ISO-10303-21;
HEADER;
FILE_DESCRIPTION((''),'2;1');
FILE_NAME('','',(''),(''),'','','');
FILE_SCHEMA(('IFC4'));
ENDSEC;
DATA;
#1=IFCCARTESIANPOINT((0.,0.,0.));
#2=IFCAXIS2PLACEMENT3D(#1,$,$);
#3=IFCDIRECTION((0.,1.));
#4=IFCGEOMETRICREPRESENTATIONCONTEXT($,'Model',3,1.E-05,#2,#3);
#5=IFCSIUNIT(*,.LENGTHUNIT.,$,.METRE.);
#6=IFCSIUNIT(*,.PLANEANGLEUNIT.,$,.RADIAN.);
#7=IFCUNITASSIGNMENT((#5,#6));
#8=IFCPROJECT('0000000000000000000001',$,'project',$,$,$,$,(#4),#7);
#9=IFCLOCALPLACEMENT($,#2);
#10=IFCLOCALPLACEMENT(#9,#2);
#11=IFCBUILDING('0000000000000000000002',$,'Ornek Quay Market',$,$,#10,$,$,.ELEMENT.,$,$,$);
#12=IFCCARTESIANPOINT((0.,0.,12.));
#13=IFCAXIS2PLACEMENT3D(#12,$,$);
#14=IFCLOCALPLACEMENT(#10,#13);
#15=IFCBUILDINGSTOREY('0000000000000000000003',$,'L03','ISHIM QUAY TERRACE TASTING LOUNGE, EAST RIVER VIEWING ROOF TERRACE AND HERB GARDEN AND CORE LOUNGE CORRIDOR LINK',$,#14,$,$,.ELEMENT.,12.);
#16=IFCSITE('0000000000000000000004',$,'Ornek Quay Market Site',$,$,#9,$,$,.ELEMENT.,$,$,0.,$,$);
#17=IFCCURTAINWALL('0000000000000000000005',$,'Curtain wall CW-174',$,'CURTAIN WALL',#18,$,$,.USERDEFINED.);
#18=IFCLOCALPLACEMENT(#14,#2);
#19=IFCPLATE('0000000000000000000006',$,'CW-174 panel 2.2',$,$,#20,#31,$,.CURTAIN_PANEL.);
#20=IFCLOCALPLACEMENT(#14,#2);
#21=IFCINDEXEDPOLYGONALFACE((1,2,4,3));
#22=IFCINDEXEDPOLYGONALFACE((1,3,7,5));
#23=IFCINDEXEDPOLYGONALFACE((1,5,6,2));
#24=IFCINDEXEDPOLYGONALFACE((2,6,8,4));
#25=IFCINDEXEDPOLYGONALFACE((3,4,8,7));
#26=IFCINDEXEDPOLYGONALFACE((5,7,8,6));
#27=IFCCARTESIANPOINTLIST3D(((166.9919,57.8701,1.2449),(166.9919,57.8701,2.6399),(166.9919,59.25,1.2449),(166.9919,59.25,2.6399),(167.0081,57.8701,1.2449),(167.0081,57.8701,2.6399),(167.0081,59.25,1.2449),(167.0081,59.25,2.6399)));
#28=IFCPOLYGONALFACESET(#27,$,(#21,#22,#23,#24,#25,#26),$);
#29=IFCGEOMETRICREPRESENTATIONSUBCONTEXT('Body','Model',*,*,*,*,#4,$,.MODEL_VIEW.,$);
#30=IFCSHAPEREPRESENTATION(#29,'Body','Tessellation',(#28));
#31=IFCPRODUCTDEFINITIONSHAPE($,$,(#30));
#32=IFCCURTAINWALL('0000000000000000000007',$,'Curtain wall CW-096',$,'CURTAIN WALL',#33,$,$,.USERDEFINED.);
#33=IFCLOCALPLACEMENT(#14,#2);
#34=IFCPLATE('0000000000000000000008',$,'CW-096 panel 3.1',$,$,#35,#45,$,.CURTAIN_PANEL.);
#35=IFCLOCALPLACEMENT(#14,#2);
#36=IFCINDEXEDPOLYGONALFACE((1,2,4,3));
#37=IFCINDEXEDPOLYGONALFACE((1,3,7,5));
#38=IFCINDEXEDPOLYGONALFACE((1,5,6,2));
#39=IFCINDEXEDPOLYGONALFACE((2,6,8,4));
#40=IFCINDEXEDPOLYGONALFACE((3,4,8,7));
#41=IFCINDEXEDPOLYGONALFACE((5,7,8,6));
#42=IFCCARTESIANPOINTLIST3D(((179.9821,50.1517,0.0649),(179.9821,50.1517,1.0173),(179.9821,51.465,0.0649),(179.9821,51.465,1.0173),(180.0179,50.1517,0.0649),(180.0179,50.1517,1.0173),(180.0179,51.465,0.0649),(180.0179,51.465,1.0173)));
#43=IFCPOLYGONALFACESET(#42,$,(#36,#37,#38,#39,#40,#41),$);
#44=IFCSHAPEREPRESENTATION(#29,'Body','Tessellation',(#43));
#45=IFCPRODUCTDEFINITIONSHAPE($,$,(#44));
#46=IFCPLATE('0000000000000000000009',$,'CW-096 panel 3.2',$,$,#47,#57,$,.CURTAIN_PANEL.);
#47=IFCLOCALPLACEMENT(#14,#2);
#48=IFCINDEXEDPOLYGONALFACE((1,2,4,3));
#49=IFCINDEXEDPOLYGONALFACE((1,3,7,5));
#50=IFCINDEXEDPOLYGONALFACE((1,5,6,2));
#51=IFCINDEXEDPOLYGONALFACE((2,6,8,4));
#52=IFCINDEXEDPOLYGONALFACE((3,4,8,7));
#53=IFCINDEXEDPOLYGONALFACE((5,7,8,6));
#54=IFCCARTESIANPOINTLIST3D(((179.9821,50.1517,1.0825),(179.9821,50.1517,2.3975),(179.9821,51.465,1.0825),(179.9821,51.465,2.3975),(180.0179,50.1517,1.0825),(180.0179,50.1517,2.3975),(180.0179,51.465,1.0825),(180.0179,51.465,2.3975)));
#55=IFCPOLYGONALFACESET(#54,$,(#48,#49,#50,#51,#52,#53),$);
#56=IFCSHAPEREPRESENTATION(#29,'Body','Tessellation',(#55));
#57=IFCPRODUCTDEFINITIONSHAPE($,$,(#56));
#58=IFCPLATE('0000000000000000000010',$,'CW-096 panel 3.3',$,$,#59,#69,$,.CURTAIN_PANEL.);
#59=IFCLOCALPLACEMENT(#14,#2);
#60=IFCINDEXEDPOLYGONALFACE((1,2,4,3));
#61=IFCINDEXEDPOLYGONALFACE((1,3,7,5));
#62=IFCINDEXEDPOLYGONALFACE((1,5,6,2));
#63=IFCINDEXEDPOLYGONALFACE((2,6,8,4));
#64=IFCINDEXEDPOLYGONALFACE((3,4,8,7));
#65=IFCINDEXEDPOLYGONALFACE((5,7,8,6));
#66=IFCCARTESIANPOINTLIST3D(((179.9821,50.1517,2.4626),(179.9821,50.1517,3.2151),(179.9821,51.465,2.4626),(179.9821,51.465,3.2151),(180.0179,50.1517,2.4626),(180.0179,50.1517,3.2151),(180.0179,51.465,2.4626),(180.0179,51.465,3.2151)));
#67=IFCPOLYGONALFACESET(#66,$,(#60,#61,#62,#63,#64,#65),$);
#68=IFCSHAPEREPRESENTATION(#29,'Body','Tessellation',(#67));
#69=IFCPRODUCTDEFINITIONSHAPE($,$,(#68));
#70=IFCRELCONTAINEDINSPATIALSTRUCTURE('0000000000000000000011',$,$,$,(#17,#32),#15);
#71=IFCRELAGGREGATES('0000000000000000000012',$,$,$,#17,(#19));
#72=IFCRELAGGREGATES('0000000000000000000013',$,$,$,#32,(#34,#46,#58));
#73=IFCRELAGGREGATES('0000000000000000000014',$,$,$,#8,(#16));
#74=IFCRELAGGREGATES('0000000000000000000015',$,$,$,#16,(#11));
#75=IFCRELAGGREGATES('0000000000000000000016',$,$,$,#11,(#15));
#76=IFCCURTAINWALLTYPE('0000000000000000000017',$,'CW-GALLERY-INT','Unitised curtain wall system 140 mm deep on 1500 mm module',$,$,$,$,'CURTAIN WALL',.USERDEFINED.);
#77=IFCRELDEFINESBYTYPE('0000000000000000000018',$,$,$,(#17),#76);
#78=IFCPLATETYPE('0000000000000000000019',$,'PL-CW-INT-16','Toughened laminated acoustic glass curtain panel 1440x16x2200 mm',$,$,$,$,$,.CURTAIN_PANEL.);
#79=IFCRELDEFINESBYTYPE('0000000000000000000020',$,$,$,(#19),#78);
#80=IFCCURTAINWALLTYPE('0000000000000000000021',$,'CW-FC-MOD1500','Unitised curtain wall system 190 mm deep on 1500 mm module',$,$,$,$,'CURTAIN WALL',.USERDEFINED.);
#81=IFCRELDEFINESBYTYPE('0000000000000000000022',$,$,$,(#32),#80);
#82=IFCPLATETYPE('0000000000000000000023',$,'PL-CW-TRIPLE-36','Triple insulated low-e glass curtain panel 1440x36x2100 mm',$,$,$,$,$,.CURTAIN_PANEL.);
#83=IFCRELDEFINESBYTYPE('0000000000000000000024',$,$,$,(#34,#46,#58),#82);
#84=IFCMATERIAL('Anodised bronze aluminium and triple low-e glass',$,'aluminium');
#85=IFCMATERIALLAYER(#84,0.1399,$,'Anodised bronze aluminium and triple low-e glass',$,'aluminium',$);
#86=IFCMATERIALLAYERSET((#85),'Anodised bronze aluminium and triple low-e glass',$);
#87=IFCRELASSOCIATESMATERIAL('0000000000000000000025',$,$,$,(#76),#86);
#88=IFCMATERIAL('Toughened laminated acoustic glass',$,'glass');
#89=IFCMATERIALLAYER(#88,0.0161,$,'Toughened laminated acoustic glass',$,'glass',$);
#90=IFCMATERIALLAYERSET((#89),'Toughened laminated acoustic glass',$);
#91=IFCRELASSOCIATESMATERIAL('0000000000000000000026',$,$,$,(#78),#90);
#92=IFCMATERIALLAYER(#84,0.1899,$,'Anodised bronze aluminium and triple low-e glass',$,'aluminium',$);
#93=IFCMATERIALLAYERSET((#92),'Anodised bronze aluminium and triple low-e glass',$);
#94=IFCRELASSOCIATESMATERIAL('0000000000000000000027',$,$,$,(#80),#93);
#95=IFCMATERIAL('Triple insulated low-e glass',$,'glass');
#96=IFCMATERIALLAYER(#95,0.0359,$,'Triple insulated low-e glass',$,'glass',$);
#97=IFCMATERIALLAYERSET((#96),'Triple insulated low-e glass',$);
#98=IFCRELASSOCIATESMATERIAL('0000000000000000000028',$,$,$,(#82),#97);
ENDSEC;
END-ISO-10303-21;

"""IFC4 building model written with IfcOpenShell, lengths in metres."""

from ifc_helpers import new_model, si_unit, direction, frame, origin, origin_2d, place, context, subcontext, project, spatial, rectangle, extrude, material, layer, layer_set, type_object, element, aggregate, save


model = new_model("IFC4")

# Units and contexts
model_context = context("Model", 3, precision=1e-05, world=origin(), true_north=direction((0.0, 1.0)))
body_context = subcontext(model_context, "Body", "Model", "MODEL_VIEW")
ifc_project = project(units=[si_unit("LENGTHUNIT", "METRE"), si_unit("PLANEANGLEUNIT", "RADIAN")], contexts=[model_context])

# Site, building, storey
site_placement = place(None, origin())
site = spatial("IfcSite", under=ifc_project, at=site_placement, Name="Ornek Quay Market Site", CompositionType="ELEMENT", RefElevation=0.0)
building_placement = place(site_placement, origin())
building = spatial("IfcBuilding", under=site, at=building_placement, Name="Ornek Quay Market", CompositionType="ELEMENT")
storey_placement = place(building_placement, frame((0.0, 0.0, 12.0)))
storey = spatial("IfcBuildingStorey", under=building, at=storey_placement, Name="L03", Description="ISHIM QUAY TERRACE TASTING LOUNGE, EAST RIVER VIEWING ROOF TERRACE AND HERB GARDEN AND CORE LOUNGE CORRIDOR LINK", CompositionType="ELEMENT", Elevation=12.0)

# Curtain wall
ifc_material_1 = material(Name="Anodised bronze aluminium and triple low-e glass", Category="aluminium")
ifc_layer_1 = layer(ifc_material_1, 0.1399, Name="Anodised bronze aluminium and triple low-e glass", Category="aluminium")
ifc_layer_set_1 = layer_set([ifc_layer_1], Name="Anodised bronze aluminium and triple low-e glass")
curtain_wall_type_1 = type_object("IfcCurtainWallType", Name="CW-GALLERY-INT", Description="Unitised curtain wall system 140 mm deep on 1500 mm module", ElementType="CURTAIN WALL", PredefinedType="USERDEFINED", material=ifc_layer_set_1)
curtain_wall_1_placement = place(storey_placement, origin())
curtain_wall_1 = element("IfcCurtainWall", 1, at=curtain_wall_1_placement, inside=storey, type_object=curtain_wall_type_1, Name="Curtain wall CW-174", ObjectType="CURTAIN WALL", PredefinedType="USERDEFINED")

# Plate
ifc_material_2 = material(Name="Toughened laminated acoustic glass", Category="glass")
ifc_layer_2 = layer(ifc_material_2, 0.0161, Name="Toughened laminated acoustic glass", Category="glass")
ifc_layer_set_2 = layer_set([ifc_layer_2], Name="Toughened laminated acoustic glass")
plate_type_1 = type_object("IfcPlateType", Name="PL-CW-INT-16", Description="Toughened laminated acoustic glass curtain panel 1440x16x2200 mm", PredefinedType="CURTAIN_PANEL", material=ifc_layer_set_2)
plate_1_placement = place(storey_placement, frame((167.0, 58.5601, 1.2449), z_axis=(0.0, 0.0, 1.0), x_axis=(0.0, 1.0, 0.0)))
plate_1 = element("IfcPlate", 2, at=plate_1_placement, type_object=plate_type_1, Name="CW-174 panel 2.2", PredefinedType="CURTAIN_PANEL", context=body_context, shape_type="SweptSolid", body=[
    extrude(rectangle(XDim=1.3799, YDim=0.0161, at=origin_2d()), origin(), (0.0, 0.0, 1.0), 1.395),
])
aggregate(curtain_wall_1, [plate_1])

# Curtain wall, plates
ifc_layer_3 = layer(ifc_material_1, 0.1899, Name="Anodised bronze aluminium and triple low-e glass", Category="aluminium")
ifc_layer_set_3 = layer_set([ifc_layer_3], Name="Anodised bronze aluminium and triple low-e glass")
curtain_wall_type_2 = type_object("IfcCurtainWallType", Name="CW-FC-MOD1500", Description="Unitised curtain wall system 190 mm deep on 1500 mm module", ElementType="CURTAIN WALL", PredefinedType="USERDEFINED", material=ifc_layer_set_3)
curtain_wall_2_placement = place(storey_placement, origin())
curtain_wall_2 = element("IfcCurtainWall", 3, at=curtain_wall_2_placement, inside=storey, type_object=curtain_wall_type_2, Name="Curtain wall CW-096", ObjectType="CURTAIN WALL", PredefinedType="USERDEFINED")
ifc_material_3 = material(Name="Triple insulated low-e glass", Category="glass")
ifc_layer_4 = layer(ifc_material_3, 0.0359, Name="Triple insulated low-e glass", Category="glass")
ifc_layer_set_4 = layer_set([ifc_layer_4], Name="Triple insulated low-e glass")
plate_type_2 = type_object("IfcPlateType", Name="PL-CW-TRIPLE-36", Description="Triple insulated low-e glass curtain panel 1440x36x2100 mm", PredefinedType="CURTAIN_PANEL", material=ifc_layer_set_4)
plate_2_placement = place(storey_placement, frame((180.0, 50.8083, 0.0649), z_axis=(0.0, 0.0, 1.0), x_axis=(0.0, 1.0, 0.0)))
plate_2 = element("IfcPlate", 4, at=plate_2_placement, type_object=plate_type_2, Name="CW-096 panel 3.1", PredefinedType="CURTAIN_PANEL", context=body_context, shape_type="SweptSolid", body=[
    extrude(rectangle(XDim=1.3132, YDim=0.0359, at=origin_2d()), origin(), (0.0, 0.0, 1.0), 0.9524),
])
plate_3_placement = place(storey_placement, frame((180.0, 50.8083, 1.0825), z_axis=(0.0, 0.0, 1.0), x_axis=(0.0, 1.0, 0.0)))
plate_3 = element("IfcPlate", 5, at=plate_3_placement, type_object=plate_type_2, Name="CW-096 panel 3.2", PredefinedType="CURTAIN_PANEL", context=body_context, shape_type="SweptSolid", body=[
    extrude(rectangle(XDim=1.3132, YDim=0.0359, at=origin_2d()), origin(), (0.0, 0.0, 1.0), 1.3149),
])
plate_4_placement = place(storey_placement, frame((180.0, 50.8083, 2.4626), z_axis=(0.0, 0.0, 1.0), x_axis=(0.0, 1.0, 0.0)))
plate_4 = element("IfcPlate", 6, at=plate_4_placement, type_object=plate_type_2, Name="CW-096 panel 3.3", PredefinedType="CURTAIN_PANEL", context=body_context, shape_type="SweptSolid", body=[
    extrude(rectangle(XDim=1.3132, YDim=0.0359, at=origin_2d()), origin(), (0.0, 0.0, 1.0), 0.7524),
])
aggregate(curtain_wall_2, [plate_2, plate_3, plate_4])

save(model, "model.ifc")
